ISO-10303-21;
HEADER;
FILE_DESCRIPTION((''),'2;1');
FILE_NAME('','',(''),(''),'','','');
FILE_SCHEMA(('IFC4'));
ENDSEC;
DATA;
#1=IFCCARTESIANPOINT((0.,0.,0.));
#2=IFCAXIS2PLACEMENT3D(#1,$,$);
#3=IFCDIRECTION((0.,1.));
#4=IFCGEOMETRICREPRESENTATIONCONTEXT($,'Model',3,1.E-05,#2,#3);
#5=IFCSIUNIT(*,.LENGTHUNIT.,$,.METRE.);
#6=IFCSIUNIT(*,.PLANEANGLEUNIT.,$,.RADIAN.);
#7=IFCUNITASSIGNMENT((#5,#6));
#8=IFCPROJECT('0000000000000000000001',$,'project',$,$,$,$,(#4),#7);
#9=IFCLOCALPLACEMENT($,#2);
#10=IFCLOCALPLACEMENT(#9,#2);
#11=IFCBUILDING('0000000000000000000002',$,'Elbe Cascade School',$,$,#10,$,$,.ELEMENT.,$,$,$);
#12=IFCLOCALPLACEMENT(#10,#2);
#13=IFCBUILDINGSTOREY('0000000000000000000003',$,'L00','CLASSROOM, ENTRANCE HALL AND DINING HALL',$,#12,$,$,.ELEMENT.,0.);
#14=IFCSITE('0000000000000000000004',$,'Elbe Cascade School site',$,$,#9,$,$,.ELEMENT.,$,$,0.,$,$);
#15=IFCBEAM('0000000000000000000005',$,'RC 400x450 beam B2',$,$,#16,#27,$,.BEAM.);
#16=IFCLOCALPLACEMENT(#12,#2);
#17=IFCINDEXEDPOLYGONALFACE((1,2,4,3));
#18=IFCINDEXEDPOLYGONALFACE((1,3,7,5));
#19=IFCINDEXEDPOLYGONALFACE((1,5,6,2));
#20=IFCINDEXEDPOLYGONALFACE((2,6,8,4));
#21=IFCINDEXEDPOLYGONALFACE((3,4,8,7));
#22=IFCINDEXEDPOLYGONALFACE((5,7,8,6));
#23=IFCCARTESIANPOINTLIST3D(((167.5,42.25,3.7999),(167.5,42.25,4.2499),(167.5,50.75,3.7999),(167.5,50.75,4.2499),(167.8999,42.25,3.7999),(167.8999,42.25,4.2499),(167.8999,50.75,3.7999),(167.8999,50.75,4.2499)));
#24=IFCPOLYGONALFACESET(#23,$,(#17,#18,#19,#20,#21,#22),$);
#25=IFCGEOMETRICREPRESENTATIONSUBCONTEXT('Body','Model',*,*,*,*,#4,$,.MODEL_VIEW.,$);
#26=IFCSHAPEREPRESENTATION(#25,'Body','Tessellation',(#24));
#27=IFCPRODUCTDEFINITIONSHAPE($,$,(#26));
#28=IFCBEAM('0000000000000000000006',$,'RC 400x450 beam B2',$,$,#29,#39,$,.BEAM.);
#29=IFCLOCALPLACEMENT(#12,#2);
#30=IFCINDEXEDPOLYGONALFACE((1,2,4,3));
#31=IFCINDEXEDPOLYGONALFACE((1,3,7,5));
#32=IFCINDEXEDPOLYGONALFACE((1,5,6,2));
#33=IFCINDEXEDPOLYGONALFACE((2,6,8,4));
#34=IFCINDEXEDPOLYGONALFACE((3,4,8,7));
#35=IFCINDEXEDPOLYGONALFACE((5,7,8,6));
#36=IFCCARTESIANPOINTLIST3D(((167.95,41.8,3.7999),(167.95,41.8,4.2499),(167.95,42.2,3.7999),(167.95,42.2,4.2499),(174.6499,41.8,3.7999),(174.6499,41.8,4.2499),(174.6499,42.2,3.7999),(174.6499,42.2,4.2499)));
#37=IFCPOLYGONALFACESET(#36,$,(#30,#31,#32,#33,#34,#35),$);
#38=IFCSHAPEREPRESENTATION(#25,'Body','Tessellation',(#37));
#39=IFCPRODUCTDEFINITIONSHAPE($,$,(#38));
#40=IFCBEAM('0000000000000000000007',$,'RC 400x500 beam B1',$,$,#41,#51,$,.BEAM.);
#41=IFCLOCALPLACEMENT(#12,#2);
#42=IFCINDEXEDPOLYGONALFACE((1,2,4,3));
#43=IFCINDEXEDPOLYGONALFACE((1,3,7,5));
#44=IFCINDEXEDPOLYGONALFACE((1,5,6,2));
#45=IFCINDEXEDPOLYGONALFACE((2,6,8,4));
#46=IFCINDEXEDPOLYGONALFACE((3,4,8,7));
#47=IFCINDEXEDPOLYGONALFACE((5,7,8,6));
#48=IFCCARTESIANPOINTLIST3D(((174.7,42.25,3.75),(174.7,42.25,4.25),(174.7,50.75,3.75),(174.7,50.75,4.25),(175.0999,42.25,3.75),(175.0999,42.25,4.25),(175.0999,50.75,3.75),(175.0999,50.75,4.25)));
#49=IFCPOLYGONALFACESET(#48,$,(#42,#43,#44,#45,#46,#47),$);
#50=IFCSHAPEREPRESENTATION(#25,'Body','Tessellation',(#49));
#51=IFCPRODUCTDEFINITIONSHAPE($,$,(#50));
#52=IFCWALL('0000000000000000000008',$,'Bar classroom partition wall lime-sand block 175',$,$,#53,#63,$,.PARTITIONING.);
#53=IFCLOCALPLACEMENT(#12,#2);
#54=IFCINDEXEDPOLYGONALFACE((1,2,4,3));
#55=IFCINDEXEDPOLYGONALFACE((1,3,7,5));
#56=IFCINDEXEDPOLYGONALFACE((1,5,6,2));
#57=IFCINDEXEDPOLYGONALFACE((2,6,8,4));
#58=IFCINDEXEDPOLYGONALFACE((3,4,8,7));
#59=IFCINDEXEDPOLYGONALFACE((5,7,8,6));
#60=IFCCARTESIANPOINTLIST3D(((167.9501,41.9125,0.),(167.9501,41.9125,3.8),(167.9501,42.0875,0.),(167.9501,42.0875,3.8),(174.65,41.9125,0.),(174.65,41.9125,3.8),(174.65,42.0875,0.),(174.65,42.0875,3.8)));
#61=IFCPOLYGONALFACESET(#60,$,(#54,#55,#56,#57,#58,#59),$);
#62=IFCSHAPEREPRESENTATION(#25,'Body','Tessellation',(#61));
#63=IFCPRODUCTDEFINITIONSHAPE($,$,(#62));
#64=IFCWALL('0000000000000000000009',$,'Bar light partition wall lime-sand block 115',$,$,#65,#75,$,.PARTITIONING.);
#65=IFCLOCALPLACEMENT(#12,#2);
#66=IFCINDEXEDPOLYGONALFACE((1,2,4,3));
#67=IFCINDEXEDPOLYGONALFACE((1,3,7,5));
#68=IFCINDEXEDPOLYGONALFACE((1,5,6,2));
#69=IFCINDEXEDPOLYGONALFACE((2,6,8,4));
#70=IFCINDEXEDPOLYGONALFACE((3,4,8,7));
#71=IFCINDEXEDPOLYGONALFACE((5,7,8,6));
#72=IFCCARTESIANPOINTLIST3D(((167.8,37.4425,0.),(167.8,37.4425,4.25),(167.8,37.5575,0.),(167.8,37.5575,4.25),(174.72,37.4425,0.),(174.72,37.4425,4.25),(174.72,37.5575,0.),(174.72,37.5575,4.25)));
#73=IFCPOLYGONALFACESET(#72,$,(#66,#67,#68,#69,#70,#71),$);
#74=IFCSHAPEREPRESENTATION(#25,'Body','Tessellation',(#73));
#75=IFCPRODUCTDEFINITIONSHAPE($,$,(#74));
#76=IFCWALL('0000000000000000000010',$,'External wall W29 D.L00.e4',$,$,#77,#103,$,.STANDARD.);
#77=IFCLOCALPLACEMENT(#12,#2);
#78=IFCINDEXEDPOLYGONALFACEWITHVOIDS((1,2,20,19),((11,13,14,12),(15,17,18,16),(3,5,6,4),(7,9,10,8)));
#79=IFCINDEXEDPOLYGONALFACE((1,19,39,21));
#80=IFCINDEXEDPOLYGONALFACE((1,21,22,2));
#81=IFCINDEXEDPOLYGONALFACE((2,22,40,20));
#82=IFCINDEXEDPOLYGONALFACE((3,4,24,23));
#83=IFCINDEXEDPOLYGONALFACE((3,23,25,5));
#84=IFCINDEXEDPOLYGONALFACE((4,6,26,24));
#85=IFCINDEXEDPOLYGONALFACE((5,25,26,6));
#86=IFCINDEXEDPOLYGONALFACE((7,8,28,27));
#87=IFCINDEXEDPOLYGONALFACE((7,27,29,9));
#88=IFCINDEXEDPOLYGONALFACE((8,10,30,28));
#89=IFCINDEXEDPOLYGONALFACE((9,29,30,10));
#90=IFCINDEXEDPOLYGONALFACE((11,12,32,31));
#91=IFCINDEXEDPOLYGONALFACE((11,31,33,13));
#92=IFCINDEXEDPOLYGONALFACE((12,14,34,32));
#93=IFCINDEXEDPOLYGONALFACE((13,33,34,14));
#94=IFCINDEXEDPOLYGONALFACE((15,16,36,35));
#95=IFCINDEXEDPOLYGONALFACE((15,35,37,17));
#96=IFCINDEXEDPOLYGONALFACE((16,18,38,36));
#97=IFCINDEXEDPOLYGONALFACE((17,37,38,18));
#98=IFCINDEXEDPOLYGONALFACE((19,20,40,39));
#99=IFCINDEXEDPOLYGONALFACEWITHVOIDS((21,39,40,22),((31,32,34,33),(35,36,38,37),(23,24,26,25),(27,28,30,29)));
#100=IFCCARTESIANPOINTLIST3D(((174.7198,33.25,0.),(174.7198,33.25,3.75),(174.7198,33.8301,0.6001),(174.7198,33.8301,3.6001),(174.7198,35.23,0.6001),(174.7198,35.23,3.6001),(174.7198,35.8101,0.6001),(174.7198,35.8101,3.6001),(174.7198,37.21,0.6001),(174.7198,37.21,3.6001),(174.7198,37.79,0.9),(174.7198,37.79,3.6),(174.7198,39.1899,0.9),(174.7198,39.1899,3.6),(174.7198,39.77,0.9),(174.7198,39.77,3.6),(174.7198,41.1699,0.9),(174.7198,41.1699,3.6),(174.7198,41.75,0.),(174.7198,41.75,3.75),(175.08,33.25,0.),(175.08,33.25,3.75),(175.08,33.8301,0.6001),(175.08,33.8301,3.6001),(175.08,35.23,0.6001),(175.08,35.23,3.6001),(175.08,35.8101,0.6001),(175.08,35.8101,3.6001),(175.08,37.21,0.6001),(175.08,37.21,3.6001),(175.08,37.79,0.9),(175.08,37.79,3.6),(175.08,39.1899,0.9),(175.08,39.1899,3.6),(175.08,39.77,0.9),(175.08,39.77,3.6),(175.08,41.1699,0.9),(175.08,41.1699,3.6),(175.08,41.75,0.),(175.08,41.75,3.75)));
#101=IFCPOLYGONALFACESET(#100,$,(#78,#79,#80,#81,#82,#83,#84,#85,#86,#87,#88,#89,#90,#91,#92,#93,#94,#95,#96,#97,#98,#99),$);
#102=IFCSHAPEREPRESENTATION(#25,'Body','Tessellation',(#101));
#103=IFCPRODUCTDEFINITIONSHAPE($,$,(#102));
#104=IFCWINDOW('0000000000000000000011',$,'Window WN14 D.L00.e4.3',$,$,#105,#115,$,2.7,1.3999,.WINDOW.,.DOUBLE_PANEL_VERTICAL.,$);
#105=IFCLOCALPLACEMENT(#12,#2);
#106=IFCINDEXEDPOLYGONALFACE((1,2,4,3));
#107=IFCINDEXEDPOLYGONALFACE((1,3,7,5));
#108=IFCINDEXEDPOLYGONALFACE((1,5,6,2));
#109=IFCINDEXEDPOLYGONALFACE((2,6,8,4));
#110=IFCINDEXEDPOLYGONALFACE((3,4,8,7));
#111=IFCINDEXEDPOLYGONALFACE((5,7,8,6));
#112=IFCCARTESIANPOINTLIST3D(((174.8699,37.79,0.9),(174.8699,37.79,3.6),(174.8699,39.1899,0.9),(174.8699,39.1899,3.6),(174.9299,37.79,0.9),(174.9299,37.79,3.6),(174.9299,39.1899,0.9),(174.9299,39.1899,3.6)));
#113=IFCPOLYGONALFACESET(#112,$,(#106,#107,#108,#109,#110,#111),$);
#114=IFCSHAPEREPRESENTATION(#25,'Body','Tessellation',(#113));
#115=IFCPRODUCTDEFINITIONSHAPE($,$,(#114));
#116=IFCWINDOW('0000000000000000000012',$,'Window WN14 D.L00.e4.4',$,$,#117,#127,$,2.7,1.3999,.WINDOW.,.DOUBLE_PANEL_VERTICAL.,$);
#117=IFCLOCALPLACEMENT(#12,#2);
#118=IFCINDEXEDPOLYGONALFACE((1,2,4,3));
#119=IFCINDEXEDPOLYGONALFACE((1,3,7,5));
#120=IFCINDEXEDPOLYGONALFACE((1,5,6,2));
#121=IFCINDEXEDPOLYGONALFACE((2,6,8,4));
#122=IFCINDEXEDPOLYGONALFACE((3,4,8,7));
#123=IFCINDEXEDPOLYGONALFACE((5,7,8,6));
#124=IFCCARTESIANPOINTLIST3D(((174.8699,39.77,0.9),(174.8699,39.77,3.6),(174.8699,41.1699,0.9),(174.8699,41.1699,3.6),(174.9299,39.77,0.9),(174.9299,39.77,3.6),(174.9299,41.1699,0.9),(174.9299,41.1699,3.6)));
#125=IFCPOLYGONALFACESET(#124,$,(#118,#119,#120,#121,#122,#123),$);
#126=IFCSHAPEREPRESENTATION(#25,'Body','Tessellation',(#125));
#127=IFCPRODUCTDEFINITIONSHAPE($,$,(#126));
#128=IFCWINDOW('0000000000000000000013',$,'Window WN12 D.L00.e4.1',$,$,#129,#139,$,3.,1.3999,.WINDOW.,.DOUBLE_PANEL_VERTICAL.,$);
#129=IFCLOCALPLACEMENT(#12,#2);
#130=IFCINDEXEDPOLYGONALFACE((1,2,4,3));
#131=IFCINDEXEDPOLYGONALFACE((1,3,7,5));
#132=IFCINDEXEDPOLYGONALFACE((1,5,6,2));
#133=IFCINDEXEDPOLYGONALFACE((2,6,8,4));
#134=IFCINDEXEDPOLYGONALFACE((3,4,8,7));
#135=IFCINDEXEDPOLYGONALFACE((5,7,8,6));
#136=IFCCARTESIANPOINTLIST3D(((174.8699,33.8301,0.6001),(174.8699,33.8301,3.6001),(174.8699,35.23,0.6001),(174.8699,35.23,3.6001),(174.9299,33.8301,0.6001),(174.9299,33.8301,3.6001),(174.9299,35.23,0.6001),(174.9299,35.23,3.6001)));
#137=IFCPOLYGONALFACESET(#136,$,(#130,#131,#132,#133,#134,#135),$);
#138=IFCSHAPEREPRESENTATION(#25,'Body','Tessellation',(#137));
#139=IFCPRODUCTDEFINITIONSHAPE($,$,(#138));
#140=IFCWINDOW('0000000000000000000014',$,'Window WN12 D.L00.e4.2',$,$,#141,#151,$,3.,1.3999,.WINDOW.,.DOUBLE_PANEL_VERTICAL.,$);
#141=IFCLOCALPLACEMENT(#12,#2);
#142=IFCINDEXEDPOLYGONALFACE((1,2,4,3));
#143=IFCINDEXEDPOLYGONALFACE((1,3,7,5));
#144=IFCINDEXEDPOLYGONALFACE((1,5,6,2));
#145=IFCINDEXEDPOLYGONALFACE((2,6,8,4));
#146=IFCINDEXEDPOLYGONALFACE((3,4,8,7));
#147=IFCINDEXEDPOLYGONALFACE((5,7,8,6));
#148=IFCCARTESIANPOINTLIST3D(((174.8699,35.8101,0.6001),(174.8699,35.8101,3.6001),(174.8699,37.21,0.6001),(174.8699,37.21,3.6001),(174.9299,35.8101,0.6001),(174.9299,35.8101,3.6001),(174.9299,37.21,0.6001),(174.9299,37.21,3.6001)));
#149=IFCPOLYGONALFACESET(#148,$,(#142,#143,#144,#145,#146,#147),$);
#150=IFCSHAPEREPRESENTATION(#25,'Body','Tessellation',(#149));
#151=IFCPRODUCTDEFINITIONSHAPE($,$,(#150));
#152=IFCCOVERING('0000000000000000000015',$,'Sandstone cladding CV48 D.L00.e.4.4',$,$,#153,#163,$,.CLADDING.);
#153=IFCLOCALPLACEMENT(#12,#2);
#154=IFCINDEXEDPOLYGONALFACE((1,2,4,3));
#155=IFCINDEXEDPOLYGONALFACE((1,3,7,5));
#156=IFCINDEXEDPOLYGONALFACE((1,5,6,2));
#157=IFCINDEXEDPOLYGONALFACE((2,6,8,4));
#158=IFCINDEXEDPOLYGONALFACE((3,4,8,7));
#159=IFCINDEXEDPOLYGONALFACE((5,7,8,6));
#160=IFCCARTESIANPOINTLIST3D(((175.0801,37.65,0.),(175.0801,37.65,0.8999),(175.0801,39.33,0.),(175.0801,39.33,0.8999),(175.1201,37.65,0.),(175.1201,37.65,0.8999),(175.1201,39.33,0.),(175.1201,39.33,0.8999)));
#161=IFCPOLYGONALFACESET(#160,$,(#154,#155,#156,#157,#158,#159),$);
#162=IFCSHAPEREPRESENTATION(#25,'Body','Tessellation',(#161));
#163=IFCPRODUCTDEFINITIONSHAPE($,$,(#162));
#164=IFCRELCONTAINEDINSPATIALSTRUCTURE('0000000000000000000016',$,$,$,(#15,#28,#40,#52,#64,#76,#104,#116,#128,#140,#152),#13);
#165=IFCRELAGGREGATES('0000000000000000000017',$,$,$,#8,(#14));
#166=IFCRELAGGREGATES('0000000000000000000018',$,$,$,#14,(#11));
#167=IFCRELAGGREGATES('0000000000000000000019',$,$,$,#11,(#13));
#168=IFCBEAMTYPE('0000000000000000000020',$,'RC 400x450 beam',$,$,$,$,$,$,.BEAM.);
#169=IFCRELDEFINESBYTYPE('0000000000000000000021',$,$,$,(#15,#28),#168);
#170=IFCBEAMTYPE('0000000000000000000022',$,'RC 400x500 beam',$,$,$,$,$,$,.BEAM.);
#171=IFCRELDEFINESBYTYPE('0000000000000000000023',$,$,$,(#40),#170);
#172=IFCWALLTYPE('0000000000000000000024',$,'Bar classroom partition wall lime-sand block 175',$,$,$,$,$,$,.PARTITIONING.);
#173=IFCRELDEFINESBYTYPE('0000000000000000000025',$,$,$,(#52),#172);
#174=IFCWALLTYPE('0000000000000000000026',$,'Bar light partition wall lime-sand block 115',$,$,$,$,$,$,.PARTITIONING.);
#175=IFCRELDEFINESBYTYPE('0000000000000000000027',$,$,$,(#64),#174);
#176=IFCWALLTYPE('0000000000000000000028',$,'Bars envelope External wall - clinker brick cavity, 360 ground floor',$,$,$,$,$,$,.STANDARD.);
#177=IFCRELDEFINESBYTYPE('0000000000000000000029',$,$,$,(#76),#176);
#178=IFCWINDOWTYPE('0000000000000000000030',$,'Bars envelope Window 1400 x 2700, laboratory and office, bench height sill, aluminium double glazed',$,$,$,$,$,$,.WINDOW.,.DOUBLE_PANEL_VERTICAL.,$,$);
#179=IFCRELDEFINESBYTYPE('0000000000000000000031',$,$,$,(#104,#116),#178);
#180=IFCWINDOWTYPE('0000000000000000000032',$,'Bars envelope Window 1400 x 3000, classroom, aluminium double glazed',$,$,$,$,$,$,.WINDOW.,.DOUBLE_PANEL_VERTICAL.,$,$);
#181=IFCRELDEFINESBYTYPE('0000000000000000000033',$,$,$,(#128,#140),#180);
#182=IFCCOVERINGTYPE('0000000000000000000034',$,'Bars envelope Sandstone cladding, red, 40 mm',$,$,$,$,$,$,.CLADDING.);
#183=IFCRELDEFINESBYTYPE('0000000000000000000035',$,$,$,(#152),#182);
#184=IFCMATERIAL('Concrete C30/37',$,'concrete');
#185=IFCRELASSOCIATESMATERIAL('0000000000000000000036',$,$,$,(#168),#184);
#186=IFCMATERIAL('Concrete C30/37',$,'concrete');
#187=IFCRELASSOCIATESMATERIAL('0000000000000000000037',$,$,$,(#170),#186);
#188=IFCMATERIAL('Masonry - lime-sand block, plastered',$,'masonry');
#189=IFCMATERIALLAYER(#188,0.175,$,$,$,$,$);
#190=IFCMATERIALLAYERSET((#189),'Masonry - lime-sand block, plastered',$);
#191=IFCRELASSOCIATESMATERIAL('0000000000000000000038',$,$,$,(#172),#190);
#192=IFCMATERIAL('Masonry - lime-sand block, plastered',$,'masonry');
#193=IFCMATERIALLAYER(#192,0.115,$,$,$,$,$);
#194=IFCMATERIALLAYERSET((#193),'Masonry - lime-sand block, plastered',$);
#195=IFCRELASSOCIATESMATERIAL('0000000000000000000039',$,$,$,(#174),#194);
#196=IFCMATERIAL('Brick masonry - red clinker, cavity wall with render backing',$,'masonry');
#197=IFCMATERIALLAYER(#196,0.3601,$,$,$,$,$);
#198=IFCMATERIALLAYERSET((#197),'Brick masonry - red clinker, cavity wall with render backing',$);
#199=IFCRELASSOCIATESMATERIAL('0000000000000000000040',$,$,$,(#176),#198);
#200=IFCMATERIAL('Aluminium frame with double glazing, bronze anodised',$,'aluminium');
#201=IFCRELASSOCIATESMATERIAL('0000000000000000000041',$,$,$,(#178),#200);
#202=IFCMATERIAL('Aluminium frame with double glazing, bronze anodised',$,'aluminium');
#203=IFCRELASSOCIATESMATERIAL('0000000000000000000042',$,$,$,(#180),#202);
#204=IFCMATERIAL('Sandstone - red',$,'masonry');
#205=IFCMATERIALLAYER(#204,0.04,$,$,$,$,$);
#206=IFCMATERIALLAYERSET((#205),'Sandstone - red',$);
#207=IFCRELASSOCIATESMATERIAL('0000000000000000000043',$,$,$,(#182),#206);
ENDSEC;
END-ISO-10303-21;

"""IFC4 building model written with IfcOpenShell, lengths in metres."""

from ifc_helpers import new_model, si_unit, direction, frame, frame_2d, origin, origin_2d, place, context, subcontext, project, spatial, rectangle, extrude, material, layer, layer_set, material_profile, profile_set, type_object, element, fill, save


model = new_model("IFC4")

# Units and contexts
model_context = context("Model", 3, precision=1e-05, world=origin(), true_north=direction((0.0, 1.0)))
body_context = subcontext(model_context, "Body", "Model", "MODEL_VIEW")
ifc_project = project(units=[si_unit("LENGTHUNIT", "METRE"), si_unit("PLANEANGLEUNIT", "RADIAN")], contexts=[model_context])

# Site, building, storey
site_placement = place(None, origin())
site = spatial("IfcSite", under=ifc_project, at=site_placement, Name="Elbe Cascade School site", CompositionType="ELEMENT", RefElevation=0.0)
building_placement = place(site_placement, origin())
building = spatial("IfcBuilding", under=site, at=building_placement, Name="Elbe Cascade School", CompositionType="ELEMENT")
storey_placement = place(building_placement, origin())
storey = spatial("IfcBuildingStorey", under=building, at=storey_placement, Name="L00", Description="CLASSROOM, ENTRANCE HALL AND DINING HALL", CompositionType="ELEMENT", Elevation=0.0)

# Beams
ifc_material_1 = material(Name="Concrete C30/37", Category="concrete")
ifc_material_profile_1 = material_profile(ifc_material_1, rectangle(XDim=0.3999, YDim=0.45, at=origin_2d()), Name="RC 400x450")
ifc_profile_set_1 = profile_set([ifc_material_profile_1], Name="Concrete C30/37")
beam_type_1 = type_object("IfcBeamType", Name="RC 400x450 beam", PredefinedType="BEAM", material=ifc_profile_set_1)
beam_1_placement = place(storey_placement, frame((167.7, 42.25, 4.0249), z_axis=(0.0, 1.0, 0.0), x_axis=(-1.0, 0.0, 0.0)))
element("IfcBeam", 1, at=beam_1_placement, inside=storey, type_object=beam_type_1, Name="RC 400x450 beam B2", PredefinedType="BEAM", context=body_context, shape_type="SweptSolid", body=[
    extrude(rectangle(XDim=0.3999, YDim=0.45, at=origin_2d()), origin(), (0.0, 0.0, 1.0), 8.5),
])
beam_2_placement = place(storey_placement, frame((167.95, 42.0, 4.0249), z_axis=(1.0, 0.0, 0.0), x_axis=(0.0, 1.0, 0.0)))
element("IfcBeam", 2, at=beam_2_placement, inside=storey, type_object=beam_type_1, Name="RC 400x450 beam B2", PredefinedType="BEAM", context=body_context, shape_type="SweptSolid", body=[
    extrude(rectangle(XDim=0.3999, YDim=0.45, at=origin_2d()), origin(), (0.0, 0.0, 1.0), 6.7),
])
ifc_material_2 = material(Name="Concrete C30/37", Category="concrete")
ifc_material_profile_2 = material_profile(ifc_material_2, rectangle(XDim=0.3999, YDim=0.5, at=origin_2d()), Name="RC 400x500")
ifc_profile_set_2 = profile_set([ifc_material_profile_2], Name="Concrete C30/37")
beam_type_2 = type_object("IfcBeamType", Name="RC 400x500 beam", PredefinedType="BEAM", material=ifc_profile_set_2)
beam_3_placement = place(storey_placement, frame((174.8999, 42.25, 4.0), z_axis=(0.0, 1.0, 0.0), x_axis=(-1.0, 0.0, 0.0)))
element("IfcBeam", 3, at=beam_3_placement, inside=storey, type_object=beam_type_2, Name="RC 400x500 beam B1", PredefinedType="BEAM", context=body_context, shape_type="SweptSolid", body=[
    extrude(rectangle(XDim=0.3999, YDim=0.5, at=origin_2d()), origin(), (0.0, 0.0, 1.0), 8.5),
])

# Walls
ifc_material_3 = material(Name="Masonry - lime-sand block, plastered", Category="masonry")
ifc_layer_1 = layer(ifc_material_3, 0.175)
ifc_layer_set_1 = layer_set([ifc_layer_1], Name="Masonry - lime-sand block, plastered")
wall_type_1 = type_object("IfcWallType", Name="Bar classroom partition wall lime-sand block 175", PredefinedType="PARTITIONING", material=ifc_layer_set_1)
wall_1_placement = place(storey_placement, frame((167.95, 42.0, 0.0), z_axis=(0.0, 0.0, 1.0), x_axis=(1.0, 0.0, 0.0)))
element("IfcWall", 4, at=wall_1_placement, inside=storey, type_object=wall_type_1, Name="Bar classroom partition wall lime-sand block 175", PredefinedType="PARTITIONING", context=body_context, shape_type="SweptSolid", body=[
    extrude(rectangle(XDim=6.7, YDim=0.175, at=frame_2d((3.3501, 0.0))), origin(), (0.0, 0.0, 1.0), 3.8),
])
ifc_material_4 = material(Name="Masonry - lime-sand block, plastered", Category="masonry")
ifc_layer_2 = layer(ifc_material_4, 0.115)
ifc_layer_set_2 = layer_set([ifc_layer_2], Name="Masonry - lime-sand block, plastered")
wall_type_2 = type_object("IfcWallType", Name="Bar light partition wall lime-sand block 115", PredefinedType="PARTITIONING", material=ifc_layer_set_2)
wall_2_placement = place(storey_placement, frame((167.8, 37.5, 0.0), z_axis=(0.0, 0.0, 1.0), x_axis=(1.0, 0.0, 0.0)))
element("IfcWall", 5, at=wall_2_placement, inside=storey, type_object=wall_type_2, Name="Bar light partition wall lime-sand block 115", PredefinedType="PARTITIONING", context=body_context, shape_type="SweptSolid", body=[
    extrude(rectangle(XDim=6.9199, YDim=0.115, at=frame_2d((3.46, 0.0))), origin(), (0.0, 0.0, 1.0), 4.25),
])

# Wall, openings, windows
ifc_material_5 = material(Name="Brick masonry - red clinker, cavity wall with render backing", Category="masonry")
ifc_layer_3 = layer(ifc_material_5, 0.3601)
ifc_layer_set_3 = layer_set([ifc_layer_3], Name="Brick masonry - red clinker, cavity wall with render backing")
wall_type_3 = type_object("IfcWallType", Name="Bars envelope External wall - clinker brick cavity, 360 ground floor", PredefinedType="STANDARD", material=ifc_layer_set_3)
wall_3_placement = place(storey_placement, frame((174.8999, 41.75, 0.0), z_axis=(0.0, 0.0, 1.0), x_axis=(0.0, -1.0, 0.0)))
wall_3 = element("IfcWall", 6, at=wall_3_placement, inside=storey, type_object=wall_type_3, Name="External wall W29 D.L00.e4", PredefinedType="STANDARD", context=body_context, shape_type="SweptSolid", body=[
    extrude(rectangle(XDim=8.5, YDim=0.3601, at=frame_2d((4.25, 0.0))), origin(), (0.0, 0.0, 1.0), 3.75),
])
opening_1_placement = place(wall_3_placement, frame((6.52, 0.0, 0.6001)))
opening_1 = element("IfcOpeningElement", 7, at=opening_1_placement, cuts=wall_3, PredefinedType="OPENING", context=body_context, shape_type="SweptSolid", body=[
    extrude(rectangle(XDim=1.3999, YDim=3.0, at=frame_2d((0.7, 1.5))), frame((0.0, 0.1899, 0.0), z_axis=(0.0, -1.0, 0.0), x_axis=(1.0, 0.0, 0.0)), (0.0, 0.0, 1.0), 0.3801),
])
opening_2_placement = place(wall_3_placement, frame((4.54, 0.0, 0.6001)))
opening_2 = element("IfcOpeningElement", 8, at=opening_2_placement, cuts=wall_3, PredefinedType="OPENING", context=body_context, shape_type="SweptSolid", body=[
    extrude(rectangle(XDim=1.3999, YDim=3.0, at=frame_2d((0.7, 1.5))), frame((0.0, 0.1899, 0.0), z_axis=(0.0, -1.0, 0.0), x_axis=(1.0, 0.0, 0.0)), (0.0, 0.0, 1.0), 0.3801),
])
opening_3_placement = place(wall_3_placement, frame((2.5601, 0.0, 0.8999)))
opening_3 = element("IfcOpeningElement", 9, at=opening_3_placement, cuts=wall_3, PredefinedType="OPENING", context=body_context, shape_type="SweptSolid", body=[
    extrude(rectangle(XDim=1.3999, YDim=2.7, at=frame_2d((0.7, 1.3501))), frame((0.0, 0.1899, 0.0), z_axis=(0.0, -1.0, 0.0), x_axis=(1.0, 0.0, 0.0)), (0.0, 0.0, 1.0), 0.3801),
])
opening_4_placement = place(wall_3_placement, frame((0.5801, 0.0, 0.8999)))
opening_4 = element("IfcOpeningElement", 10, at=opening_4_placement, cuts=wall_3, PredefinedType="OPENING", context=body_context, shape_type="SweptSolid", body=[
    extrude(rectangle(XDim=1.3999, YDim=2.7, at=frame_2d((0.7, 1.3501))), frame((0.0, 0.1899, 0.0), z_axis=(0.0, -1.0, 0.0), x_axis=(1.0, 0.0, 0.0)), (0.0, 0.0, 1.0), 0.3801),
])
ifc_material_6 = material(Name="Aluminium frame with double glazing, bronze anodised", Category="aluminium")
window_type_1 = type_object("IfcWindowType", Name="Bars envelope Window 1400 x 2700, laboratory and office, bench height sill, aluminium double glazed", PartitioningType="DOUBLE_PANEL_VERTICAL", PredefinedType="WINDOW", material=ifc_material_6)
window_1_placement = place(opening_3_placement, origin())
window_1 = element("IfcWindow", 11, at=window_1_placement, inside=storey, type_object=window_type_1, Name="Window WN14 D.L00.e4.3", OverallHeight=2.7, OverallWidth=1.3999, PartitioningType="DOUBLE_PANEL_VERTICAL", PredefinedType="WINDOW", context=body_context, shape_type="SweptSolid", body=[
    extrude(rectangle(XDim=1.3999, YDim=2.7, at=frame_2d((0.7, 1.3501))), frame((0.0, 0.03, 0.0), z_axis=(0.0, -1.0, 0.0), x_axis=(1.0, 0.0, 0.0)), (0.0, 0.0, 1.0), 0.0601),
])
fill(opening_3, window_1)
window_2_placement = place(opening_4_placement, origin())
window_2 = element("IfcWindow", 12, at=window_2_placement, inside=storey, type_object=window_type_1, Name="Window WN14 D.L00.e4.4", OverallHeight=2.7, OverallWidth=1.3999, PartitioningType="DOUBLE_PANEL_VERTICAL", PredefinedType="WINDOW", context=body_context, shape_type="SweptSolid", body=[
    extrude(rectangle(XDim=1.3999, YDim=2.7, at=frame_2d((0.7, 1.3501))), frame((0.0, 0.03, 0.0), z_axis=(0.0, -1.0, 0.0), x_axis=(1.0, 0.0, 0.0)), (0.0, 0.0, 1.0), 0.0601),
])
fill(opening_4, window_2)
ifc_material_7 = material(Name="Aluminium frame with double glazing, bronze anodised", Category="aluminium")
window_type_2 = type_object("IfcWindowType", Name="Bars envelope Window 1400 x 3000, classroom, aluminium double glazed", PartitioningType="DOUBLE_PANEL_VERTICAL", PredefinedType="WINDOW", material=ifc_material_7)
window_3_placement = place(opening_1_placement, origin())
window_3 = element("IfcWindow", 13, at=window_3_placement, inside=storey, type_object=window_type_2, Name="Window WN12 D.L00.e4.1", OverallHeight=3.0, OverallWidth=1.3999, PartitioningType="DOUBLE_PANEL_VERTICAL", PredefinedType="WINDOW", context=body_context, shape_type="SweptSolid", body=[
    extrude(rectangle(XDim=1.3999, YDim=3.0, at=frame_2d((0.7, 1.5))), frame((0.0, 0.03, 0.0), z_axis=(0.0, -1.0, 0.0), x_axis=(1.0, 0.0, 0.0)), (0.0, 0.0, 1.0), 0.0601),
])
fill(opening_1, window_3)
window_4_placement = place(opening_2_placement, origin())
window_4 = element("IfcWindow", 14, at=window_4_placement, inside=storey, type_object=window_type_2, Name="Window WN12 D.L00.e4.2", OverallHeight=3.0, OverallWidth=1.3999, PartitioningType="DOUBLE_PANEL_VERTICAL", PredefinedType="WINDOW", context=body_context, shape_type="SweptSolid", body=[
    extrude(rectangle(XDim=1.3999, YDim=3.0, at=frame_2d((0.7, 1.5))), frame((0.0, 0.03, 0.0), z_axis=(0.0, -1.0, 0.0), x_axis=(1.0, 0.0, 0.0)), (0.0, 0.0, 1.0), 0.0601),
])
fill(opening_2, window_4)

# Covering
ifc_material_8 = material(Name="Sandstone - red", Category="masonry")
ifc_layer_4 = layer(ifc_material_8, 0.04)
ifc_layer_set_4 = layer_set([ifc_layer_4], Name="Sandstone - red")
covering_type = type_object("IfcCoveringType", Name="Bars envelope Sandstone cladding, red, 40 mm", PredefinedType="CLADDING", material=ifc_layer_set_4)
for number, where, z_axis, x_axis, name in (
    (15, (175.1001, 38.49, 0.0), (0.0, 0.0, 1.0), (0.0, 1.0, 0.0), "Sandstone cladding CV48 D.L00.e.4.4"),
):
    element("IfcCovering", number, at=place(storey_placement, frame(where, z_axis=z_axis, x_axis=x_axis)), inside=storey, type_object=covering_type, Name=name, PredefinedType="CLADDING", context=body_context, shape_type="SweptSolid", body=[
        extrude(rectangle(XDim=1.6799, YDim=0.04, at=origin_2d()), origin(), (0.0, 0.0, 1.0), 0.8999),
    ])

save(model, "model.ifc")
